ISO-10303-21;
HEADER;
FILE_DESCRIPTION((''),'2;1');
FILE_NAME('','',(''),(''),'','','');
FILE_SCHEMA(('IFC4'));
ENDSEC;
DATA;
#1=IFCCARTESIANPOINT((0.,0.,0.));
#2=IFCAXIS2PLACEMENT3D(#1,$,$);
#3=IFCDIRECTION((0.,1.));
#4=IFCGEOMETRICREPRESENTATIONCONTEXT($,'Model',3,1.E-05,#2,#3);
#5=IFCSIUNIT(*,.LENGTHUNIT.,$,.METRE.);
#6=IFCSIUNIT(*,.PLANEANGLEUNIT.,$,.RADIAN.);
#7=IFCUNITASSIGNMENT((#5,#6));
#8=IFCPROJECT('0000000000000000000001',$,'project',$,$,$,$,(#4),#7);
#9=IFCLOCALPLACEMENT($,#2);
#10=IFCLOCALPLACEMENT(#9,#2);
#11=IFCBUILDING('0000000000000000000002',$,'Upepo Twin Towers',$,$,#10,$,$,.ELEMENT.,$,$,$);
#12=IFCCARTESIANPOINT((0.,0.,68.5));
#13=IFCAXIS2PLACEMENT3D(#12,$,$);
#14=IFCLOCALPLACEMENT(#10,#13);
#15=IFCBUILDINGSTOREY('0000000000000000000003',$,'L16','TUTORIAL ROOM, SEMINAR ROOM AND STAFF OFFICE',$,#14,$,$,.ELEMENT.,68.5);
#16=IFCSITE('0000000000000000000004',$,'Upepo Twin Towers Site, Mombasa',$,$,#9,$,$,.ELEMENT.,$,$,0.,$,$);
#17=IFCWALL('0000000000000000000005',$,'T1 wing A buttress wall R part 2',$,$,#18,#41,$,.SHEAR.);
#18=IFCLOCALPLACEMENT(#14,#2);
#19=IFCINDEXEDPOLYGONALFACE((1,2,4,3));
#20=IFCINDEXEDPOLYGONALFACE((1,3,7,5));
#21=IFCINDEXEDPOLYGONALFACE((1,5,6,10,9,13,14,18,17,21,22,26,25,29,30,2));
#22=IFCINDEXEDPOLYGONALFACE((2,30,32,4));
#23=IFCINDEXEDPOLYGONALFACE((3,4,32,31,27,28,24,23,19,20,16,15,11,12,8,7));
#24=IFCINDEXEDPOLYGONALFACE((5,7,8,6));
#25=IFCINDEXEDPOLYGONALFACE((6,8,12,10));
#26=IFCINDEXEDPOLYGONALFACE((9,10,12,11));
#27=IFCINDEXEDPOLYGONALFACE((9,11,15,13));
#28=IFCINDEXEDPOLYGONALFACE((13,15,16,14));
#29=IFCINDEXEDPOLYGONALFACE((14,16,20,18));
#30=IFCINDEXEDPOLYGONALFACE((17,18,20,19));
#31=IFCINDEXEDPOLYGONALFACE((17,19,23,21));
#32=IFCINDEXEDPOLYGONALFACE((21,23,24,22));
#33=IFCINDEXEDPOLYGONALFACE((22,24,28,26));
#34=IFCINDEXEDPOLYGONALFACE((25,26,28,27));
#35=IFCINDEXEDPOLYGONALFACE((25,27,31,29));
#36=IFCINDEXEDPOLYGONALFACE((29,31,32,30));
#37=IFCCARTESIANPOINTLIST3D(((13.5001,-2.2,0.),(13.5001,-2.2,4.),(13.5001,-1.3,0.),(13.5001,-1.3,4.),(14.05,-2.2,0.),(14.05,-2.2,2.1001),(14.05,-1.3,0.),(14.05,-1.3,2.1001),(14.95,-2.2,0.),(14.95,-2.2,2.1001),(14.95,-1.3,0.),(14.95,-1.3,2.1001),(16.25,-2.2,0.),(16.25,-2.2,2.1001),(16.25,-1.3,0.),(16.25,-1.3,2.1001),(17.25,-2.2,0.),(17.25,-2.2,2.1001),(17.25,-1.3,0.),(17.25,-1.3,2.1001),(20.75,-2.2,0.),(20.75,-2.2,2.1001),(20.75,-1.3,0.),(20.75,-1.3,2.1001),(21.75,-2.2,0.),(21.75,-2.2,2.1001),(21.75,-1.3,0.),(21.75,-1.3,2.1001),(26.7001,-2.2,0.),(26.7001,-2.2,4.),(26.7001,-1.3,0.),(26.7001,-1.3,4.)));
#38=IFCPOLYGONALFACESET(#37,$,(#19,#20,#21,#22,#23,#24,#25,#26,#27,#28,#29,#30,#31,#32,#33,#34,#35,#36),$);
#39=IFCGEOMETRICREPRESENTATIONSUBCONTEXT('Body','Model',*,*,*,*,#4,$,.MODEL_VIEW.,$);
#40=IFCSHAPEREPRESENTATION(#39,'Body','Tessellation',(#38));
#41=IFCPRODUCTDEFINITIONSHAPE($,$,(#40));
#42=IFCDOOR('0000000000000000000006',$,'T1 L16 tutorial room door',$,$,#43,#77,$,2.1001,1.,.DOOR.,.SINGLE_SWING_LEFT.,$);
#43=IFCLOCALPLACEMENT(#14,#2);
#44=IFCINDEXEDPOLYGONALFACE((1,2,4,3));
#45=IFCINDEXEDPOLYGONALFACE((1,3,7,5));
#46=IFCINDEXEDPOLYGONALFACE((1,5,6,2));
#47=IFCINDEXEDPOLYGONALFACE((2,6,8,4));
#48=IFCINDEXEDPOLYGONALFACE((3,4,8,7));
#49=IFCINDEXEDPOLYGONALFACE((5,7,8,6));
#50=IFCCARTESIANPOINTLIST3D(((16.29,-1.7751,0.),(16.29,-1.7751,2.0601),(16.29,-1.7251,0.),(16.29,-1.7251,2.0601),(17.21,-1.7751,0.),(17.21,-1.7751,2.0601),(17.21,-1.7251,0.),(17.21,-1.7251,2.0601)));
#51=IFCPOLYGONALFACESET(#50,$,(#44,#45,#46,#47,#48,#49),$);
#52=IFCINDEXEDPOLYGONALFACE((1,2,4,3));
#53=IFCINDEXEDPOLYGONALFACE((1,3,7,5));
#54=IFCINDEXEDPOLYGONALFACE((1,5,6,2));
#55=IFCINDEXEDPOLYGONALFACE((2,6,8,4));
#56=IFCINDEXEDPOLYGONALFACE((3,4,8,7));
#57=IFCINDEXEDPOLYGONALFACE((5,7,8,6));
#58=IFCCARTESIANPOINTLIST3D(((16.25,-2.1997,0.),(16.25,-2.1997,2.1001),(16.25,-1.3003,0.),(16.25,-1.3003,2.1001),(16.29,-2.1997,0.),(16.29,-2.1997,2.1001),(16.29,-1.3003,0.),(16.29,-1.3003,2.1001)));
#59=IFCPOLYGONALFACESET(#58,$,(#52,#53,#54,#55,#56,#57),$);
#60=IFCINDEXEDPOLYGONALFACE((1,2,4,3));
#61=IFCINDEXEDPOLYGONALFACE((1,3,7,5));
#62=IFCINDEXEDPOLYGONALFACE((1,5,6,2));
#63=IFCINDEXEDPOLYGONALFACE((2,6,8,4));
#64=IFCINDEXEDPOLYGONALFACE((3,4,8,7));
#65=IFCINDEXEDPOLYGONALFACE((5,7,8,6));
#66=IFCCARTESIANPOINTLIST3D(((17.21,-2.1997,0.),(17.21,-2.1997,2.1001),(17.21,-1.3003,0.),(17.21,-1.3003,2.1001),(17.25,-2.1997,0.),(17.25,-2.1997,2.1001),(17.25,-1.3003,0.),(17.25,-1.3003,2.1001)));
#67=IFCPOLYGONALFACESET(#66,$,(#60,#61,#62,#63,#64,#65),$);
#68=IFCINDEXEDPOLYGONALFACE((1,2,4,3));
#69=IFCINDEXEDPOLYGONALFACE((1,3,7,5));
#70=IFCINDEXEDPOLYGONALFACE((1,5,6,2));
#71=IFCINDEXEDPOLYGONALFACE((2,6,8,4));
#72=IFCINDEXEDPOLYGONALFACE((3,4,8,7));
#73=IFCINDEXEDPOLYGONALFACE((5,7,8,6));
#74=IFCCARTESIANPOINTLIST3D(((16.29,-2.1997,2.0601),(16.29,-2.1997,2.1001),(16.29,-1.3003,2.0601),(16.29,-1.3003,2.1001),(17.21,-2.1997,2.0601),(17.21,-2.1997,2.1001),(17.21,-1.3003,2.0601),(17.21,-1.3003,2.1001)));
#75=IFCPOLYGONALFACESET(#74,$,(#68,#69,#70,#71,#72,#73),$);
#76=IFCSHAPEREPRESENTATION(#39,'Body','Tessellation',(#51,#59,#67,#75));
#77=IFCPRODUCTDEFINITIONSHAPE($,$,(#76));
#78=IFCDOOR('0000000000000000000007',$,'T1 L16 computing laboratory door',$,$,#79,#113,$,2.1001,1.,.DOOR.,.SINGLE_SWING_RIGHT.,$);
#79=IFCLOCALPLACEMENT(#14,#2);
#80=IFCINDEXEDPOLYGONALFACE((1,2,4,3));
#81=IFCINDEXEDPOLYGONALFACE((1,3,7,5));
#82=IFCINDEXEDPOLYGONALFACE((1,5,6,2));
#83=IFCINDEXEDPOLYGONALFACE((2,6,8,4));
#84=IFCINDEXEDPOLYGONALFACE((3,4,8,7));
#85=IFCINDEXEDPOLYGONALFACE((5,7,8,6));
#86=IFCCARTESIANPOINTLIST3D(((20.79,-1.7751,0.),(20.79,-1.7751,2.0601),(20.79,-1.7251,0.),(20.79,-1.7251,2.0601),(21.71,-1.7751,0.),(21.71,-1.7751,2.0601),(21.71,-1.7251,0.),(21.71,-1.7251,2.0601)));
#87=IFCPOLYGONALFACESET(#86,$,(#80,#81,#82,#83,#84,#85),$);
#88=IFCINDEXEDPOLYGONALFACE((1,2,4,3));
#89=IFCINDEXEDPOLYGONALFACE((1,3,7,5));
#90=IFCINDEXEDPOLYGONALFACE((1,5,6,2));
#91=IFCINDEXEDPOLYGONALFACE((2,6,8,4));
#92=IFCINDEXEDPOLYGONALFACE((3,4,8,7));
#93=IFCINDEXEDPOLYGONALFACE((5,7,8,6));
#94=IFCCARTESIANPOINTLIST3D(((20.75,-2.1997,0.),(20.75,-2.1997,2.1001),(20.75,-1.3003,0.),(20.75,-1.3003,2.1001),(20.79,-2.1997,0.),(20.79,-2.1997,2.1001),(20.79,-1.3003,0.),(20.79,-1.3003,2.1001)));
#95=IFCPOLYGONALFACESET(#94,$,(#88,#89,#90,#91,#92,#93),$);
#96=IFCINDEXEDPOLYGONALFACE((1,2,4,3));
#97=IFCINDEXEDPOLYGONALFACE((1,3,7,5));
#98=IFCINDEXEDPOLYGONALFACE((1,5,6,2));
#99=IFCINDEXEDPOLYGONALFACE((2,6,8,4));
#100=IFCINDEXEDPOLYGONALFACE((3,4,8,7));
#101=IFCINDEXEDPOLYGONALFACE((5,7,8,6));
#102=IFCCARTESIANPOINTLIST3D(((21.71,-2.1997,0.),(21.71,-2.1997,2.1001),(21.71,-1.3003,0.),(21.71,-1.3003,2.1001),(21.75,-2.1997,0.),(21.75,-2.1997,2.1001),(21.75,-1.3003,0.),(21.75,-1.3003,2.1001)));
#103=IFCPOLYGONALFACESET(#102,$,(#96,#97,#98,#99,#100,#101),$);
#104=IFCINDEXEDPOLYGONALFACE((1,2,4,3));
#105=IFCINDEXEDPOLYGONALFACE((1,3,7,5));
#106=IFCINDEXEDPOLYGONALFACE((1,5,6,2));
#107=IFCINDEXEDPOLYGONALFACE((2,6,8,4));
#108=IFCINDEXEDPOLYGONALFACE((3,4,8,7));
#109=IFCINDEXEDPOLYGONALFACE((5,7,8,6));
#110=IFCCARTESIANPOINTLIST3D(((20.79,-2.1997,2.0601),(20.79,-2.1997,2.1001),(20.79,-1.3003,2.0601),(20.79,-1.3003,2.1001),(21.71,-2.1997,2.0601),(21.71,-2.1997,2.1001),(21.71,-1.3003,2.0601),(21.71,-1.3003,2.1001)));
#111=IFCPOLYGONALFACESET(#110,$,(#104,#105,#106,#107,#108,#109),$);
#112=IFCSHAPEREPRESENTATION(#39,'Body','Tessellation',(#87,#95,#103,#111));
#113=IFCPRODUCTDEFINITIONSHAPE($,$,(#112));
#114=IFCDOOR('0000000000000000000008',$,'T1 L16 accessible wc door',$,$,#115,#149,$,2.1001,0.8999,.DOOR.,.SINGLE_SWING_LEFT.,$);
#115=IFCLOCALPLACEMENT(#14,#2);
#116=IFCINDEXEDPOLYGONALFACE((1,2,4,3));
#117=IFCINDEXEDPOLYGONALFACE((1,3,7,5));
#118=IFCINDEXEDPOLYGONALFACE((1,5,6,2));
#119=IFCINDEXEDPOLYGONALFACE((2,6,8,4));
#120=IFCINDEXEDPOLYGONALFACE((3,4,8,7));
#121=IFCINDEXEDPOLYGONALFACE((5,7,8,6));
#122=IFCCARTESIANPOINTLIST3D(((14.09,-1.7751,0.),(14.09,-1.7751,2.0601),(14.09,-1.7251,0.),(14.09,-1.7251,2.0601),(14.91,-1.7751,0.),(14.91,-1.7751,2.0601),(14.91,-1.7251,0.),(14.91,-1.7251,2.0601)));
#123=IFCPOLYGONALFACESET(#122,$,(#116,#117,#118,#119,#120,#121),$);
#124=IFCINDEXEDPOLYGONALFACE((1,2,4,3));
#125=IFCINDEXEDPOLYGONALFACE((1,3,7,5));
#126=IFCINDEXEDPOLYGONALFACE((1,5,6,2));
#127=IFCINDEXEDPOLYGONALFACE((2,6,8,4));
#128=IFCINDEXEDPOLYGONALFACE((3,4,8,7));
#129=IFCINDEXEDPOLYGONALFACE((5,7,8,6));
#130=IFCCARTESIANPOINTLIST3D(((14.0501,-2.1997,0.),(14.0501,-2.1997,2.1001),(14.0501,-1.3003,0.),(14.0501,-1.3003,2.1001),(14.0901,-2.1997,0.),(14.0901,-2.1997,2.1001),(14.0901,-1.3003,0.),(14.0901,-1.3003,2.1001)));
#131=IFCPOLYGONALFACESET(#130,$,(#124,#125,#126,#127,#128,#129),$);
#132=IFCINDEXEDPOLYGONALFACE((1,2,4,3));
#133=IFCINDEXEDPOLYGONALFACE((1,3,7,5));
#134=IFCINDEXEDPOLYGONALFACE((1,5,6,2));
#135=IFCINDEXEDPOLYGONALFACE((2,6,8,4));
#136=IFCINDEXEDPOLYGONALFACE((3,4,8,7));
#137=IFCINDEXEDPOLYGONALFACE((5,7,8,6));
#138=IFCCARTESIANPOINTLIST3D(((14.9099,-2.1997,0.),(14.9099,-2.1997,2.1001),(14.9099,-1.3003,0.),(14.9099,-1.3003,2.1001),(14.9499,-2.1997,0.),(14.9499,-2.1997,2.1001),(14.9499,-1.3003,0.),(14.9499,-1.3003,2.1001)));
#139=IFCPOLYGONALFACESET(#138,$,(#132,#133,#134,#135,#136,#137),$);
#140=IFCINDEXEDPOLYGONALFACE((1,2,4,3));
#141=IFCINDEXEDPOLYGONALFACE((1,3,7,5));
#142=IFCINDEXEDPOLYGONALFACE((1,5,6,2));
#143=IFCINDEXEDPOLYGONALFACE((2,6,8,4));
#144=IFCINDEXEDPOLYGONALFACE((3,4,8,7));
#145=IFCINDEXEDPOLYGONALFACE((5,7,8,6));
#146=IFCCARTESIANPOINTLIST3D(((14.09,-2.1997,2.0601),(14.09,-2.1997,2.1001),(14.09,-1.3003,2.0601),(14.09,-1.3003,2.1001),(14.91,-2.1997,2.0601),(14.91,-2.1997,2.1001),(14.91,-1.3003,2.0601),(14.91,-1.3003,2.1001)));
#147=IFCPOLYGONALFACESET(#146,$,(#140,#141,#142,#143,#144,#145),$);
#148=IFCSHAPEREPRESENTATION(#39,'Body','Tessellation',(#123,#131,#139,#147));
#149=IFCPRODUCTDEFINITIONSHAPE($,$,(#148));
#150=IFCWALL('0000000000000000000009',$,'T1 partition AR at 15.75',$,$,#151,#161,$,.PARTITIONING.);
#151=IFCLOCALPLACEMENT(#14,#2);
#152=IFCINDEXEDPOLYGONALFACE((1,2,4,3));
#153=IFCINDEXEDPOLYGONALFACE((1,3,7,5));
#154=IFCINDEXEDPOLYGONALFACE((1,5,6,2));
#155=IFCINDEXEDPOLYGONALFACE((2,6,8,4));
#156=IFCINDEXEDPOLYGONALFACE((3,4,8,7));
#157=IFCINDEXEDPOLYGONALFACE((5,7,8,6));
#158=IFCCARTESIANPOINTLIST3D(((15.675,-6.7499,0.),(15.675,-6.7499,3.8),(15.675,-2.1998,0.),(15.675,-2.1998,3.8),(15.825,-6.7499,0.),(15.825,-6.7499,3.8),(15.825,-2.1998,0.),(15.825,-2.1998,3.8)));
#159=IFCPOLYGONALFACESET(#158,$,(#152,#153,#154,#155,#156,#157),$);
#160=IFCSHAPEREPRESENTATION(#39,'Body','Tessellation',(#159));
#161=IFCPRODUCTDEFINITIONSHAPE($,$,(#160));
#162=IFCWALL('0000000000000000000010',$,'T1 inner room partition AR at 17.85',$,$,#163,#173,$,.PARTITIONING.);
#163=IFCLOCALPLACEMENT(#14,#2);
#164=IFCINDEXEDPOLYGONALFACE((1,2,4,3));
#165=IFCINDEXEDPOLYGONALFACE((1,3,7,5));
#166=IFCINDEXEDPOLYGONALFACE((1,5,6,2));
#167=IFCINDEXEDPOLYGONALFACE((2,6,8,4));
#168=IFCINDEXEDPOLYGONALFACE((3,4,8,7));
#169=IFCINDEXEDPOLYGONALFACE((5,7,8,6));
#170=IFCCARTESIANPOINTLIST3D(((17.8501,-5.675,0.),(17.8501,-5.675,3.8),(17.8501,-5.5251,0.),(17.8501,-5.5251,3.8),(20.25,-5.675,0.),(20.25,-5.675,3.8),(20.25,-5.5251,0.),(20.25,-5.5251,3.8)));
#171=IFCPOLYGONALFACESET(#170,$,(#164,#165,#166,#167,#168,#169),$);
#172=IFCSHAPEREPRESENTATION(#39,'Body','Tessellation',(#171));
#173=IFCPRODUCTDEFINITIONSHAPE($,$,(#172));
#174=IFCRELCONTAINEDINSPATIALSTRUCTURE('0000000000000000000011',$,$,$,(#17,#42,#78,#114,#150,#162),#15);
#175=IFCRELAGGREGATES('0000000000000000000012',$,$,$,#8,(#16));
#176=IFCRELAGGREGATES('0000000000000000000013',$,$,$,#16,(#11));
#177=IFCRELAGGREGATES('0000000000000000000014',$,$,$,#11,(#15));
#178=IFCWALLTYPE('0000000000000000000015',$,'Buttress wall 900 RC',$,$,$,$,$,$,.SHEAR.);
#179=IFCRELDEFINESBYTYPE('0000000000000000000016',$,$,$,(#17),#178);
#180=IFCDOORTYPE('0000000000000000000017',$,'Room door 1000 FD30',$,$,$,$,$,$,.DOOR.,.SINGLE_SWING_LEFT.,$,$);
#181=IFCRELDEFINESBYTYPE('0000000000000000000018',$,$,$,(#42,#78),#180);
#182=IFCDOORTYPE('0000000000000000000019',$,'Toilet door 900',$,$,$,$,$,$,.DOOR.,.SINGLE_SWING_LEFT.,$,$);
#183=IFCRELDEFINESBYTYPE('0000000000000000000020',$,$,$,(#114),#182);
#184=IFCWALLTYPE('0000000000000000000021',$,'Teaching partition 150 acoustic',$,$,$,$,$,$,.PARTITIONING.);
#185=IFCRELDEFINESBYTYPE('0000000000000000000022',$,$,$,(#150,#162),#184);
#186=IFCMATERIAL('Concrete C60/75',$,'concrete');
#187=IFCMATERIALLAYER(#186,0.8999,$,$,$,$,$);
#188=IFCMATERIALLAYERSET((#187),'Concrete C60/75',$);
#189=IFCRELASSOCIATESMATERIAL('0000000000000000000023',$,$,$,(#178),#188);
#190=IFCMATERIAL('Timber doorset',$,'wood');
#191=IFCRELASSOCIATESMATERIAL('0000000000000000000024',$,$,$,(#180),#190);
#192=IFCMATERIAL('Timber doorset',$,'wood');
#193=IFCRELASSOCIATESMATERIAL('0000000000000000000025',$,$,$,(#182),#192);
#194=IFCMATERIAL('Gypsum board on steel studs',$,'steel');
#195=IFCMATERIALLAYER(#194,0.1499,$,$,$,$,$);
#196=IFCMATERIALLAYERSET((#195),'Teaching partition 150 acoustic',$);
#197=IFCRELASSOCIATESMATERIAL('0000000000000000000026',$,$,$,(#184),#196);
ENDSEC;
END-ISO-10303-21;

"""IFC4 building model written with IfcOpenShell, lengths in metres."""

from ifc_helpers import new_model, si_unit, direction, frame, frame_2d, origin, place, context, subcontext, project, spatial, rectangle, extrude, material, layer, layer_set, type_object, element, fill, save


model = new_model("IFC4")

# Units and contexts
model_context = context("Model", 3, precision=1e-05, world=origin(), true_north=direction((0.0, 1.0)))
body_context = subcontext(model_context, "Body", "Model", "MODEL_VIEW")
ifc_project = project(units=[si_unit("LENGTHUNIT", "METRE"), si_unit("PLANEANGLEUNIT", "RADIAN")], contexts=[model_context])

# Site, building, storey
site_placement = place(None, origin())
site = spatial("IfcSite", under=ifc_project, at=site_placement, Name="Upepo Twin Towers Site, Mombasa", CompositionType="ELEMENT", RefElevation=0.0)
building_placement = place(site_placement, origin())
building = spatial("IfcBuilding", under=site, at=building_placement, Name="Upepo Twin Towers", CompositionType="ELEMENT")
storey_placement = place(building_placement, frame((0.0, 0.0, 68.5)))
storey = spatial("IfcBuildingStorey", under=building, at=storey_placement, Name="L16", Description="TUTORIAL ROOM, SEMINAR ROOM AND STAFF OFFICE", CompositionType="ELEMENT", Elevation=68.5)

# Wall, openings, doors
ifc_material_1 = material(Name="Concrete C60/75", Category="concrete")
ifc_layer_1 = layer(ifc_material_1, 0.8999)
ifc_layer_set_1 = layer_set([ifc_layer_1], Name="Concrete C60/75")
wall_type_1 = type_object("IfcWallType", Name="Buttress wall 900 RC", PredefinedType="SHEAR", material=ifc_layer_set_1)
wall_1_placement = place(storey_placement, frame((13.5, -1.75, 0.0), z_axis=(0.0, 0.0, 1.0), x_axis=(1.0, 0.0, 0.0)))
wall_1 = element("IfcWall", 1, at=wall_1_placement, inside=storey, type_object=wall_type_1, Name="T1 wing A buttress wall R part 2", PredefinedType="SHEAR", context=body_context, shape_type="SweptSolid", body=[
    extrude(rectangle(XDim=13.2, YDim=0.8999, at=frame_2d((6.6001, 0.0))), origin(), (0.0, 0.0, 1.0), 4.0),
])
opening_1_placement = place(wall_1_placement, frame((0.55, 0.0, 0.0)))
opening_1 = element("IfcOpeningElement", 2, at=opening_1_placement, cuts=wall_1, PredefinedType="OPENING", context=body_context, shape_type="SweptSolid", body=[
    extrude(rectangle(XDim=0.8999, YDim=2.1001, at=frame_2d((0.45, 1.05))), frame((0.0, 0.46, 0.0), z_axis=(0.0, -1.0, 0.0), x_axis=(1.0, 0.0, 0.0)), (0.0, 0.0, 1.0), 0.9199),
])
opening_2_placement = place(wall_1_placement, frame((2.75, 0.0, 0.0)))
opening_2 = element("IfcOpeningElement", 3, at=opening_2_placement, cuts=wall_1, PredefinedType="OPENING", context=body_context, shape_type="SweptSolid", body=[
    extrude(rectangle(XDim=1.0, YDim=2.1001, at=frame_2d((0.5, 1.05))), frame((0.0, 0.46, 0.0), z_axis=(0.0, -1.0, 0.0), x_axis=(1.0, 0.0, 0.0)), (0.0, 0.0, 1.0), 0.9199),
])
opening_3_placement = place(wall_1_placement, frame((7.25, 0.0, 0.0)))
opening_3 = element("IfcOpeningElement", 4, at=opening_3_placement, cuts=wall_1, PredefinedType="OPENING", context=body_context, shape_type="SweptSolid", body=[
    extrude(rectangle(XDim=1.0, YDim=2.1001, at=frame_2d((0.5, 1.05))), frame((0.0, 0.46, 0.0), z_axis=(0.0, -1.0, 0.0), x_axis=(1.0, 0.0, 0.0)), (0.0, 0.0, 1.0), 0.9199),
])
ifc_material_2 = material(Name="Timber doorset", Category="wood")
door_type_1 = type_object("IfcDoorType", Name="Room door 1000 FD30", OperationType="SINGLE_SWING_LEFT", PredefinedType="DOOR", material=ifc_material_2)
door_1_placement = place(opening_2_placement, origin())
door_1 = element("IfcDoor", 5, at=door_1_placement, inside=storey, type_object=door_type_1, Name="T1 L16 tutorial room door", OperationType="SINGLE_SWING_LEFT", OverallHeight=2.1001, OverallWidth=1.0, PredefinedType="DOOR", context=body_context, shape_type="SweptSolid", body=[
    extrude(rectangle(XDim=0.92, YDim=2.0601, at=frame_2d((0.5, 1.03))), frame((0.0, 0.0249, 0.0), z_axis=(0.0, -1.0, 0.0), x_axis=(1.0, 0.0, 0.0)), (0.0, 0.0, 1.0), 0.05),
    extrude(rectangle(XDim=0.04, YDim=2.1001, at=frame_2d((0.02, 1.05))), frame((0.0, 0.4497, 0.0), z_axis=(0.0, -1.0, 0.0), x_axis=(1.0, 0.0, 0.0)), (0.0, 0.0, 1.0), 0.8994),
    extrude(rectangle(XDim=0.04, YDim=2.1001, at=frame_2d((0.98, 1.05))), frame((0.0, 0.4497, 0.0), z_axis=(0.0, -1.0, 0.0), x_axis=(1.0, 0.0, 0.0)), (0.0, 0.0, 1.0), 0.8994),
    extrude(rectangle(XDim=0.92, YDim=0.04, at=frame_2d((0.5, 2.0801))), frame((0.0, 0.4497, 0.0), z_axis=(0.0, -1.0, 0.0), x_axis=(1.0, 0.0, 0.0)), (0.0, 0.0, 1.0), 0.8994),
])
fill(opening_2, door_1)
door_2_placement = place(opening_3_placement, origin())
door_2 = element("IfcDoor", 6, at=door_2_placement, inside=storey, type_object=door_type_1, Name="T1 L16 computing laboratory door", OperationType="SINGLE_SWING_RIGHT", OverallHeight=2.1001, OverallWidth=1.0, PredefinedType="DOOR", context=body_context, shape_type="SweptSolid", body=[
    extrude(rectangle(XDim=0.92, YDim=2.0601, at=frame_2d((0.5, 1.03))), frame((0.0, 0.0249, 0.0), z_axis=(0.0, -1.0, 0.0), x_axis=(1.0, 0.0, 0.0)), (0.0, 0.0, 1.0), 0.05),
    extrude(rectangle(XDim=0.04, YDim=2.1001, at=frame_2d((0.02, 1.05))), frame((0.0, 0.4497, 0.0), z_axis=(0.0, -1.0, 0.0), x_axis=(1.0, 0.0, 0.0)), (0.0, 0.0, 1.0), 0.8994),
    extrude(rectangle(XDim=0.04, YDim=2.1001, at=frame_2d((0.98, 1.05))), frame((0.0, 0.4497, 0.0), z_axis=(0.0, -1.0, 0.0), x_axis=(1.0, 0.0, 0.0)), (0.0, 0.0, 1.0), 0.8994),
    extrude(rectangle(XDim=0.92, YDim=0.04, at=frame_2d((0.5, 2.0801))), frame((0.0, 0.4497, 0.0), z_axis=(0.0, -1.0, 0.0), x_axis=(1.0, 0.0, 0.0)), (0.0, 0.0, 1.0), 0.8994),
])
fill(opening_3, door_2)
ifc_material_3 = material(Name="Timber doorset", Category="wood")
door_type_2 = type_object("IfcDoorType", Name="Toilet door 900", OperationType="SINGLE_SWING_LEFT", PredefinedType="DOOR", material=ifc_material_3)
door_3_placement = place(opening_1_placement, origin())
door_3 = element("IfcDoor", 7, at=door_3_placement, inside=storey, type_object=door_type_2, Name="T1 L16 accessible wc door", OperationType="SINGLE_SWING_LEFT", OverallHeight=2.1001, OverallWidth=0.8999, PredefinedType="DOOR", context=body_context, shape_type="SweptSolid", body=[
    extrude(rectangle(XDim=0.8199, YDim=2.0601, at=frame_2d((0.45, 1.03))), frame((0.0, 0.0249, 0.0), z_axis=(0.0, -1.0, 0.0), x_axis=(1.0, 0.0, 0.0)), (0.0, 0.0, 1.0), 0.05),
    extrude(rectangle(XDim=0.04, YDim=2.1001, at=frame_2d((0.02, 1.05))), frame((0.0, 0.4497, 0.0), z_axis=(0.0, -1.0, 0.0), x_axis=(1.0, 0.0, 0.0)), (0.0, 0.0, 1.0), 0.8994),
    extrude(rectangle(XDim=0.04, YDim=2.1001, at=frame_2d((0.8799, 1.05))), frame((0.0, 0.4497, 0.0), z_axis=(0.0, -1.0, 0.0), x_axis=(1.0, 0.0, 0.0)), (0.0, 0.0, 1.0), 0.8994),
    extrude(rectangle(XDim=0.8199, YDim=0.04, at=frame_2d((0.45, 2.0801))), frame((0.0, 0.4497, 0.0), z_axis=(0.0, -1.0, 0.0), x_axis=(1.0, 0.0, 0.0)), (0.0, 0.0, 1.0), 0.8994),
])
fill(opening_1, door_3)

# Walls
ifc_material_4 = material(Name="Gypsum board on steel studs", Category="steel")
ifc_layer_2 = layer(ifc_material_4, 0.1499)
ifc_layer_set_2 = layer_set([ifc_layer_2], Name="Teaching partition 150 acoustic")
wall_type_2 = type_object("IfcWallType", Name="Teaching partition 150 acoustic", PredefinedType="PARTITIONING", material=ifc_layer_set_2)
wall_2_placement = place(storey_placement, frame((15.75, -2.2, 0.0), z_axis=(0.0, 0.0, 1.0), x_axis=(0.0, -1.0, 0.0)))
element("IfcWall", 8, at=wall_2_placement, inside=storey, type_object=wall_type_2, Name="T1 partition AR at 15.75", PredefinedType="PARTITIONING", context=body_context, shape_type="SweptSolid", body=[
    extrude(rectangle(XDim=4.55, YDim=0.1499, at=frame_2d((2.2749, 0.0))), origin(), (0.0, 0.0, 1.0), 3.8),
])
wall_3_placement = place(storey_placement, frame((17.8501, -5.6001, 0.0), z_axis=(0.0, 0.0, 1.0), x_axis=(1.0, 0.0, 0.0)))
element("IfcWall", 9, at=wall_3_placement, inside=storey, type_object=wall_type_2, Name="T1 inner room partition AR at 17.85", PredefinedType="PARTITIONING", context=body_context, shape_type="SweptSolid", body=[
    extrude(rectangle(XDim=2.3999, YDim=0.1499, at=frame_2d((1.2, 0.0))), origin(), (0.0, 0.0, 1.0), 3.8),
])

save(model, "model.ifc")
